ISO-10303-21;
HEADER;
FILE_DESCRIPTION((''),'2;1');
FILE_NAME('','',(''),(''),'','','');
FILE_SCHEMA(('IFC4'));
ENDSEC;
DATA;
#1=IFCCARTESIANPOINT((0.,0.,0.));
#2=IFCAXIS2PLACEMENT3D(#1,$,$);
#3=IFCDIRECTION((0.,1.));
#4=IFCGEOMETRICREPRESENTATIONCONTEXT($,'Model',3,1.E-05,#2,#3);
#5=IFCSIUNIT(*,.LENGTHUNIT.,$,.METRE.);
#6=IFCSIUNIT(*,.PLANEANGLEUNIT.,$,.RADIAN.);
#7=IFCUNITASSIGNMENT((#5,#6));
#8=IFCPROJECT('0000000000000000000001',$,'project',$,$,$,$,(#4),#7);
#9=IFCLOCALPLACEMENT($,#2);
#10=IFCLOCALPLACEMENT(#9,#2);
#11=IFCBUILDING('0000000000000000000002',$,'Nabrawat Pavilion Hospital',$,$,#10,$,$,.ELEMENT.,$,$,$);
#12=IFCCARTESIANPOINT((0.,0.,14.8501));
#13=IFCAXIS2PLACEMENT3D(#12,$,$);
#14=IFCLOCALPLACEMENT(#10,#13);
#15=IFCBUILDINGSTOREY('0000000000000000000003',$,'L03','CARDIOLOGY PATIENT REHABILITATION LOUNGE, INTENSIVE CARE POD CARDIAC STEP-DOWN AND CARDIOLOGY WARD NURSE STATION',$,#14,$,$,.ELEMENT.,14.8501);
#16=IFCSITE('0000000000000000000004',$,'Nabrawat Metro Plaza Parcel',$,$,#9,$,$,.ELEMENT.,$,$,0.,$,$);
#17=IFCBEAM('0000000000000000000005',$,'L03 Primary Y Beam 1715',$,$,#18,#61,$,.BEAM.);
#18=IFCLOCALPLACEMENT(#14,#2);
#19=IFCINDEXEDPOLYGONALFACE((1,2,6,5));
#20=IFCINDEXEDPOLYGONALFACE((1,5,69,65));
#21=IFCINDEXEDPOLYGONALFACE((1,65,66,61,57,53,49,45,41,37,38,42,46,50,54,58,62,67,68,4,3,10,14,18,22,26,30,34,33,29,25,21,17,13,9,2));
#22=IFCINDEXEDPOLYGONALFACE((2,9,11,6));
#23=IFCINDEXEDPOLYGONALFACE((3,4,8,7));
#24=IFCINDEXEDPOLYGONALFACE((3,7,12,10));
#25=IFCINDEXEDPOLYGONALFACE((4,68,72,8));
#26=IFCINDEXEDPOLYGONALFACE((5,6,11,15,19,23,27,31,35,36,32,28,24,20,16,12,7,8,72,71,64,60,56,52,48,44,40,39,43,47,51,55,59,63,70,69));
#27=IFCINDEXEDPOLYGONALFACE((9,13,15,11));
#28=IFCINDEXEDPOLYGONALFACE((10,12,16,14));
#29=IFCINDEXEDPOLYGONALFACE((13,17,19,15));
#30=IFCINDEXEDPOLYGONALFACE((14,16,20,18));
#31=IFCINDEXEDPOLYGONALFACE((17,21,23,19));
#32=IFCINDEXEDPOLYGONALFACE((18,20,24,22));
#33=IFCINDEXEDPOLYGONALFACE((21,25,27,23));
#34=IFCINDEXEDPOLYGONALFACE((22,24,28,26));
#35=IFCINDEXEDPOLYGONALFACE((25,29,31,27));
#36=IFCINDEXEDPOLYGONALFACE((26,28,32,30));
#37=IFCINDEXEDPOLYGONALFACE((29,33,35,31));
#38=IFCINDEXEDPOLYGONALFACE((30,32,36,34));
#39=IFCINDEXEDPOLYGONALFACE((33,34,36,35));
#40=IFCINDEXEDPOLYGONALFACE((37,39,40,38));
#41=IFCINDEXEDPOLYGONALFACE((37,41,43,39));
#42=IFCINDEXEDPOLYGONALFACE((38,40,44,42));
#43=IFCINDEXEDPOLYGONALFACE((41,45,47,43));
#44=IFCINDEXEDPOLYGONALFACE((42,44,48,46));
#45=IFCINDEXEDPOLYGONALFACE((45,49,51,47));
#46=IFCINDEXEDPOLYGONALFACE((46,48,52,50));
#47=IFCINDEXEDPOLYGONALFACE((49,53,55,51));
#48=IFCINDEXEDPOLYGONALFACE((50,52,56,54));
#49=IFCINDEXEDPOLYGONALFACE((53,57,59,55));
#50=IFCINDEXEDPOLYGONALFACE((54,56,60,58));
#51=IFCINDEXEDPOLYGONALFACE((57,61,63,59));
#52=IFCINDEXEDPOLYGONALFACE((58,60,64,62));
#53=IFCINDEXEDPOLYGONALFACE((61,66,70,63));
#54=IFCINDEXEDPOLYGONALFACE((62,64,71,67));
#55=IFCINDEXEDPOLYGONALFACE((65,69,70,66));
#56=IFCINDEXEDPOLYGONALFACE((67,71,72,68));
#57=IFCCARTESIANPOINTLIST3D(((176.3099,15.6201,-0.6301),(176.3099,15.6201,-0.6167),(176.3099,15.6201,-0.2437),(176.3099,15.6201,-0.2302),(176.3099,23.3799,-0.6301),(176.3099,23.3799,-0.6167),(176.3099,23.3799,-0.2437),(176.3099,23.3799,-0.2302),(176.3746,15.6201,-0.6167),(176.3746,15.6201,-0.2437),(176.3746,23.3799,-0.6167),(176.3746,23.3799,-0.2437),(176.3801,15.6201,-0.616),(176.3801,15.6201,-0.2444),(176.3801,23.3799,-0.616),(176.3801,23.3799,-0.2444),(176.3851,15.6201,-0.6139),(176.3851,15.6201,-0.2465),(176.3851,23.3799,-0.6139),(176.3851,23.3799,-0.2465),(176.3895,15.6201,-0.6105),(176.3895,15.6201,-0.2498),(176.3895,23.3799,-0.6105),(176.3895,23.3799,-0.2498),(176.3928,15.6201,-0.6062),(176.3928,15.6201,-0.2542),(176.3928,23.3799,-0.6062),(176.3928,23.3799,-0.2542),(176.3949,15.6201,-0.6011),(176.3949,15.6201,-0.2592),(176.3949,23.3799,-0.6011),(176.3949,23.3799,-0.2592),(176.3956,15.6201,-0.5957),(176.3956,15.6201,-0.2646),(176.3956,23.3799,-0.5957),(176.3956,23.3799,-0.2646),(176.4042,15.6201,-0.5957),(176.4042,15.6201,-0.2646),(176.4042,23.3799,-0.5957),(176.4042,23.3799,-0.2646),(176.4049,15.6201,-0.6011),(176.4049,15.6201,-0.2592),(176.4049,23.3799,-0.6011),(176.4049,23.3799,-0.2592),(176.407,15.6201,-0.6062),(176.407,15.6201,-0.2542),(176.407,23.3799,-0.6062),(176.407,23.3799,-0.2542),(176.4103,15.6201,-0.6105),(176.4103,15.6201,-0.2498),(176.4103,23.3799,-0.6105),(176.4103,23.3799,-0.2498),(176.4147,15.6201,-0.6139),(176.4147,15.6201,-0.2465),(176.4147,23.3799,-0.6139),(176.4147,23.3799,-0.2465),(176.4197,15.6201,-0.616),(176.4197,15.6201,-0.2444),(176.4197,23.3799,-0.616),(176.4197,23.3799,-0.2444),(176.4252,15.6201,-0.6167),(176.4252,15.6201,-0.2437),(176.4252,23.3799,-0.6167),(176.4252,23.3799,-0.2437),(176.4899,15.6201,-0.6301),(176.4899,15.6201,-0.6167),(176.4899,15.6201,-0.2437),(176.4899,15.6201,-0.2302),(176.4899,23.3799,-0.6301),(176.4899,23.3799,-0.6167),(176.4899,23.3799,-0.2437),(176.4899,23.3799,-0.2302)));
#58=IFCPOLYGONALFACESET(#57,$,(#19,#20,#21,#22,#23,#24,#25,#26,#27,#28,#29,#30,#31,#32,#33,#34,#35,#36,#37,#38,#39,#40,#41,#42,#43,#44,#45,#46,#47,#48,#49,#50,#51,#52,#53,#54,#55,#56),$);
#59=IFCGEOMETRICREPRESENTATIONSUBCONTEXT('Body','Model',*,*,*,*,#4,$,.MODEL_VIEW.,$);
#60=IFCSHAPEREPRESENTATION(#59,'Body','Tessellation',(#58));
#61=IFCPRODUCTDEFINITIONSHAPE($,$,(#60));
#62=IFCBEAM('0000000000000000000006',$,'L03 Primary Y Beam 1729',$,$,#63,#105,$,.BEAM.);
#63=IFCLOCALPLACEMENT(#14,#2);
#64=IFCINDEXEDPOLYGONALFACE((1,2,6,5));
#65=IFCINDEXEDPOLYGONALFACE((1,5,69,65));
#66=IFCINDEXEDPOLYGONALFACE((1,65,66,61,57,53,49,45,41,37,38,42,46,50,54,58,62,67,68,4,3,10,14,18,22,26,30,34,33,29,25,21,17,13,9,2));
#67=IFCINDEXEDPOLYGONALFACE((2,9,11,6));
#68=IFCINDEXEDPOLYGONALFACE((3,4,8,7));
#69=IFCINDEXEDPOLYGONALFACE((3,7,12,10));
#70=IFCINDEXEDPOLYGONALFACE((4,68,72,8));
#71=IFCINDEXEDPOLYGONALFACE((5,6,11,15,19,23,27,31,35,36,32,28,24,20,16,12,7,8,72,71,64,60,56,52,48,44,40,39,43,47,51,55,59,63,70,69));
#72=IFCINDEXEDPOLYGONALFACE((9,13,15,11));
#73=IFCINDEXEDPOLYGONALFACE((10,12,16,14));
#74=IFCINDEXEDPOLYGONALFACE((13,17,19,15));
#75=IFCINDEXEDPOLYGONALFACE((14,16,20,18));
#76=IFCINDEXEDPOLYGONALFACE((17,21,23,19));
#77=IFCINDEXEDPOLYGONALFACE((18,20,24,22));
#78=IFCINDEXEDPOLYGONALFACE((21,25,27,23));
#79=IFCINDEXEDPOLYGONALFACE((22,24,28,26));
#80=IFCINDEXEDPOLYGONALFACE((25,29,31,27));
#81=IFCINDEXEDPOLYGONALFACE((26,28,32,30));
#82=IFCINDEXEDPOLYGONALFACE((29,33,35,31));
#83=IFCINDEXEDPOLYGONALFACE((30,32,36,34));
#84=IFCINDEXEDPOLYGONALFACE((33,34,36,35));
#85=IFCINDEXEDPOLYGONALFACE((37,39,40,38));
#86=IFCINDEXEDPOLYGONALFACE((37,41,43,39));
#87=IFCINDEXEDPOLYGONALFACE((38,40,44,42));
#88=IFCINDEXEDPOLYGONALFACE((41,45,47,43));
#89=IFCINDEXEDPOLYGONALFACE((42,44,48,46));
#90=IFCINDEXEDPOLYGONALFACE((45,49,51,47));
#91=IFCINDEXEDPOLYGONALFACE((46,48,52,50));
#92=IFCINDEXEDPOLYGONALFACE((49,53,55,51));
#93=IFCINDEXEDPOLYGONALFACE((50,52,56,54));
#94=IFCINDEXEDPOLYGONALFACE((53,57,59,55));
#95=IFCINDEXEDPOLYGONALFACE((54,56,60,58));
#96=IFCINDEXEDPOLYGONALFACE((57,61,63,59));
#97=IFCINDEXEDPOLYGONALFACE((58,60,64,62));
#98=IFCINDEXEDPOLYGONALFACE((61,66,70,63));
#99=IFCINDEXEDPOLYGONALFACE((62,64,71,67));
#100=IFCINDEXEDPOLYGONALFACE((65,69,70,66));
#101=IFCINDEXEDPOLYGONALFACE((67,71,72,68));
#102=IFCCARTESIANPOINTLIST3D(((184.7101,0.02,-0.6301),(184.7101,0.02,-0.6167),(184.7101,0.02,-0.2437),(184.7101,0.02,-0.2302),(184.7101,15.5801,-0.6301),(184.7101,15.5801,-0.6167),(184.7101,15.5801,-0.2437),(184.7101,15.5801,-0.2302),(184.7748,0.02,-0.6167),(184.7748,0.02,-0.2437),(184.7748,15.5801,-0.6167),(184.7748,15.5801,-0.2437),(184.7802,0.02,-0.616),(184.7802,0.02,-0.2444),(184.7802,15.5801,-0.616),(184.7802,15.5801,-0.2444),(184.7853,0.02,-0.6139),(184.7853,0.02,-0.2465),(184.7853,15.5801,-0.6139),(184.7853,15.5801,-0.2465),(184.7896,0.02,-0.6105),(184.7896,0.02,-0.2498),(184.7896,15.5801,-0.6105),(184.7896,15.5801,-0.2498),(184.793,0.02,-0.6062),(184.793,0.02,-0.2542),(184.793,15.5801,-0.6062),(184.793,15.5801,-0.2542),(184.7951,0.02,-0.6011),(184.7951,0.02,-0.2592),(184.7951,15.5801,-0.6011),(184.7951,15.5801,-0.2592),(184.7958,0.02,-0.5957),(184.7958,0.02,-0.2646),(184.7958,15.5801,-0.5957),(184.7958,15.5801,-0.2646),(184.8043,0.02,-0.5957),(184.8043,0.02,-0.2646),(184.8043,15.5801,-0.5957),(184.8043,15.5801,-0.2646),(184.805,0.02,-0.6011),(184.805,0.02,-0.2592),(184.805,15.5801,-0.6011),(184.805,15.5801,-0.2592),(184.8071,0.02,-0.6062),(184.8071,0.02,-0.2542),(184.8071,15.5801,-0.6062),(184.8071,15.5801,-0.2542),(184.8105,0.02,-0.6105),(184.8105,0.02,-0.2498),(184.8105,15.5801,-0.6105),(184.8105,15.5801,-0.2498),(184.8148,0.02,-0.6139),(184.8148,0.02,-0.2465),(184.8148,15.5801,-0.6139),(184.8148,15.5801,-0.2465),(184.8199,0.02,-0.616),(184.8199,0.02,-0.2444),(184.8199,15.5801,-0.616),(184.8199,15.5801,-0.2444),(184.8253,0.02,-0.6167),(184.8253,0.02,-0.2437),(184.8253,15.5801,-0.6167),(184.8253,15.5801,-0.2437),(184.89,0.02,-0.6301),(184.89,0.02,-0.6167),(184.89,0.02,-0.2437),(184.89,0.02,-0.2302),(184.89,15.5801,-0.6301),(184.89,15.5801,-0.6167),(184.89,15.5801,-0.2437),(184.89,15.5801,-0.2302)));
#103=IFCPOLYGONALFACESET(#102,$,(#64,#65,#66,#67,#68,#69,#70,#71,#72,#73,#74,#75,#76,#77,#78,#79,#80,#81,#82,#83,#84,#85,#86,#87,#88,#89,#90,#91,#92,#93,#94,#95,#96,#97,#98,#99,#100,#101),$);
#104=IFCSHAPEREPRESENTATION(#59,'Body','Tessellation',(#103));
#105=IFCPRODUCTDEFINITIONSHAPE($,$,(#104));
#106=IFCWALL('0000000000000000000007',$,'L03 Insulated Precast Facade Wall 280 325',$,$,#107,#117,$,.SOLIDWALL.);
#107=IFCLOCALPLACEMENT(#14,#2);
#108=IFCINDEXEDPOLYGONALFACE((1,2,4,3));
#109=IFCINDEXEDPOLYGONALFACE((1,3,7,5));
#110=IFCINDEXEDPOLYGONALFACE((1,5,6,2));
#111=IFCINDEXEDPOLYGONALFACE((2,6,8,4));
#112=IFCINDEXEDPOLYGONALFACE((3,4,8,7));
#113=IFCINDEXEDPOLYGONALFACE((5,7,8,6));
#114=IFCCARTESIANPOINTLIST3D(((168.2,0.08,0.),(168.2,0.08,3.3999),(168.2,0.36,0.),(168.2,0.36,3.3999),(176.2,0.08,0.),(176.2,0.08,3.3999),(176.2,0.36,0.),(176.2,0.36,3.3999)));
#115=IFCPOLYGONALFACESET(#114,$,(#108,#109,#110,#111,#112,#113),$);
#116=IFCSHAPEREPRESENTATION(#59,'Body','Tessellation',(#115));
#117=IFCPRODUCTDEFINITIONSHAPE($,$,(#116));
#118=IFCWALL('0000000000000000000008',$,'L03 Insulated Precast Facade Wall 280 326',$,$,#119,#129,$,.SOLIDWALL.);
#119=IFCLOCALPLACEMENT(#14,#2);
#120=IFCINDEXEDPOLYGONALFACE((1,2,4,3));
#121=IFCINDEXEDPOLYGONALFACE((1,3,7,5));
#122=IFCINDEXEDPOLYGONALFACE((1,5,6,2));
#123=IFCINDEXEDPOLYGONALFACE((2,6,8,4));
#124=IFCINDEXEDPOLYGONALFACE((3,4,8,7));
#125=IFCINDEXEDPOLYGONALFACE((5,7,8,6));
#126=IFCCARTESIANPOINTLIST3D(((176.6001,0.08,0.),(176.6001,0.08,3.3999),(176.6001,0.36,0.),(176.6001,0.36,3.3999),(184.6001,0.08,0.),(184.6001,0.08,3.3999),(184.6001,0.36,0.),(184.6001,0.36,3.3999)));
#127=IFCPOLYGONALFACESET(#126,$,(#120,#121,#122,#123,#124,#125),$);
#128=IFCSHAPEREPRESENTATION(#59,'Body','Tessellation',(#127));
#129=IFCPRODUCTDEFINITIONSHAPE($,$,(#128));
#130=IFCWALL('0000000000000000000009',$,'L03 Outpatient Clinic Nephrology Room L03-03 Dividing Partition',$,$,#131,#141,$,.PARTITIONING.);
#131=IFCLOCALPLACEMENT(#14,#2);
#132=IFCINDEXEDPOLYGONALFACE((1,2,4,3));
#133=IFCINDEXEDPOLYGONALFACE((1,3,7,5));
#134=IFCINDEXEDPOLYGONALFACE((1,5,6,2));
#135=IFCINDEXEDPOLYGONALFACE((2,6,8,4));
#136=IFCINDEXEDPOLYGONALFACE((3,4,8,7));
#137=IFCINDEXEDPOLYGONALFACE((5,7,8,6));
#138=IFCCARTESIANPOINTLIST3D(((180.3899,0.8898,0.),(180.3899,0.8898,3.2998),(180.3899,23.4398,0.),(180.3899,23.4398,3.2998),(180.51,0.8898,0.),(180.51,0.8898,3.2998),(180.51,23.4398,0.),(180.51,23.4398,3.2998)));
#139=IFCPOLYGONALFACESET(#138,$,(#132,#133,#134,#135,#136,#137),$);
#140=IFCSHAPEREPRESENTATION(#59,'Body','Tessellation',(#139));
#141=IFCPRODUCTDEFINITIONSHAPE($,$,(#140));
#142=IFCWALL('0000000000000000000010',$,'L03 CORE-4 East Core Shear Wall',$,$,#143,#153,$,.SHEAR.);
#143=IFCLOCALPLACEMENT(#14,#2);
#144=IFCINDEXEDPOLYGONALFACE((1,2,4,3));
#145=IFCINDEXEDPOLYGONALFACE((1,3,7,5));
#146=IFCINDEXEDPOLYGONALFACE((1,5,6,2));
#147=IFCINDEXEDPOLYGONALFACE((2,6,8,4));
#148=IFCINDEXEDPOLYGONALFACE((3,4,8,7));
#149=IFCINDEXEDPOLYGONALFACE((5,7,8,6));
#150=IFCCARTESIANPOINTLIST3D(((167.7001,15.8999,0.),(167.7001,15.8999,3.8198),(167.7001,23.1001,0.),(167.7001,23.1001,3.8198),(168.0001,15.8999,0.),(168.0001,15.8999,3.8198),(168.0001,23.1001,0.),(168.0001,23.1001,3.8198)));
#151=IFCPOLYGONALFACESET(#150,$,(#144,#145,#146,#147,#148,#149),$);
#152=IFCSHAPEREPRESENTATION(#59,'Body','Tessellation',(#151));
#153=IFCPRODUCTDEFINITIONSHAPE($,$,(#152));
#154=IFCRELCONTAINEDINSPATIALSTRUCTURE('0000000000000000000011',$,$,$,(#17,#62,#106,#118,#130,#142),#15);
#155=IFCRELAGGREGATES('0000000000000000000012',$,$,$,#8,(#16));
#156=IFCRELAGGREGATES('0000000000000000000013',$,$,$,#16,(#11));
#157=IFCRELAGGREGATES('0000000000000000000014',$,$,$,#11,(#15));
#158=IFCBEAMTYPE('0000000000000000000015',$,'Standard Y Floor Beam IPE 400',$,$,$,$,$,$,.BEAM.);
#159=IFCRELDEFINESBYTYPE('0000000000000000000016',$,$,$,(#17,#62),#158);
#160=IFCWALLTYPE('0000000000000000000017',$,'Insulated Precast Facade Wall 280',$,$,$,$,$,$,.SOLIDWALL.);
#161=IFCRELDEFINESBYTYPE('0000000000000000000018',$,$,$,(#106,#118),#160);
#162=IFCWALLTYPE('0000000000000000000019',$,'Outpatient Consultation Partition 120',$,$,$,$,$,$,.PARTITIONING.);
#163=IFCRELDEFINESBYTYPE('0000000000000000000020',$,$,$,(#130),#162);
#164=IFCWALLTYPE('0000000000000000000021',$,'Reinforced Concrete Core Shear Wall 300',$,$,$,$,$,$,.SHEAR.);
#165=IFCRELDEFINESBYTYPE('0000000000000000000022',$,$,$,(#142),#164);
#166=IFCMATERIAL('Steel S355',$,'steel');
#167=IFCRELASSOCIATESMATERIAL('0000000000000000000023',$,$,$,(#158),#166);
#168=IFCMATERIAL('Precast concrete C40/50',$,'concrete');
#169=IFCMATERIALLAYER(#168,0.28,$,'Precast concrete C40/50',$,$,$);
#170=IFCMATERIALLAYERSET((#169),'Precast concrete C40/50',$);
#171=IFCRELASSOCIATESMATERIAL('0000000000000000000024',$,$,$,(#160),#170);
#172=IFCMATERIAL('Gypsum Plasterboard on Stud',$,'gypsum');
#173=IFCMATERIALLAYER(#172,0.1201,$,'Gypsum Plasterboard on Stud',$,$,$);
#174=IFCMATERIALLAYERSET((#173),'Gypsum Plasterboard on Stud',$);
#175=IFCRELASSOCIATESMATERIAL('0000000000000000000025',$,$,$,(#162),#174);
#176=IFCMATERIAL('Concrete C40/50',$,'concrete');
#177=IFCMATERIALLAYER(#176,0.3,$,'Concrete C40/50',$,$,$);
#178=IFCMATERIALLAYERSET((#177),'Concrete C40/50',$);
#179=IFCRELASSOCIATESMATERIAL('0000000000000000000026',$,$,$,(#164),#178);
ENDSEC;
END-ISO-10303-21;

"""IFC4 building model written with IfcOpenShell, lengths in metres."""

from ifc_helpers import new_model, si_unit, direction, frame, frame_2d, origin, origin_2d, place, context, subcontext, project, spatial, rectangle, i_section, extrude, material, layer, layer_set, material_profile, profile_set, type_object, element, save


model = new_model("IFC4")

# Units and contexts
model_context = context("Model", 3, precision=1e-05, world=origin(), true_north=direction((0.0, 1.0)))
body_context = subcontext(model_context, "Body", "Model", "MODEL_VIEW")
ifc_project = project(units=[si_unit("LENGTHUNIT", "METRE"), si_unit("PLANEANGLEUNIT", "RADIAN")], contexts=[model_context])

# Site, building, storey
site_placement = place(None, origin())
site = spatial("IfcSite", under=ifc_project, at=site_placement, Name="Nabrawat Metro Plaza Parcel", CompositionType="ELEMENT", RefElevation=0.0)
building_placement = place(site_placement, origin())
building = spatial("IfcBuilding", under=site, at=building_placement, Name="Nabrawat Pavilion Hospital", CompositionType="ELEMENT")
storey_placement = place(building_placement, frame((0.0, 0.0, 14.8501)))
storey = spatial("IfcBuildingStorey", under=building, at=storey_placement, Name="L03", Description="CARDIOLOGY PATIENT REHABILITATION LOUNGE, INTENSIVE CARE POD CARDIAC STEP-DOWN AND CARDIOLOGY WARD NURSE STATION", CompositionType="ELEMENT", Elevation=14.8501)

# Shared definitions
ifc_material_1 = material(Name="Steel S355", Category="steel")

# Beams
ifc_material_profile_1 = material_profile(ifc_material_1, i_section(OverallWidth=0.1799, OverallDepth=0.3999, WebThickness=0.0085, FlangeThickness=0.0134, FilletRadius=0.021, at=origin_2d()), Name="IPE 400")
ifc_profile_set_1 = profile_set([ifc_material_profile_1], Name="Steel S355")
beam_type_1 = type_object("IfcBeamType", Name="Standard Y Floor Beam IPE 400", PredefinedType="BEAM", material=ifc_profile_set_1)
beam_1_placement = place(storey_placement, frame((176.3999, 15.6201, -0.4302), z_axis=(0.0, 1.0, 0.0), x_axis=(-1.0, 0.0, 0.0)))
element("IfcBeam", 1, at=beam_1_placement, inside=storey, type_object=beam_type_1, Name="L03 Primary Y Beam 1715", PredefinedType="BEAM", context=body_context, shape_type="SweptSolid", body=[
    extrude(i_section(OverallWidth=0.1799, OverallDepth=0.3999, WebThickness=0.0085, FlangeThickness=0.0134, FilletRadius=0.021, at=origin_2d()), origin(), (0.0, 0.0, 1.0), 7.7598),
])
beam_2_placement = place(storey_placement, frame((184.8, 0.02, -0.4302), z_axis=(0.0, 1.0, 0.0), x_axis=(-1.0, 0.0, 0.0)))
element("IfcBeam", 2, at=beam_2_placement, inside=storey, type_object=beam_type_1, Name="L03 Primary Y Beam 1729", PredefinedType="BEAM", context=body_context, shape_type="SweptSolid", body=[
    extrude(i_section(OverallWidth=0.1799, OverallDepth=0.3999, WebThickness=0.0085, FlangeThickness=0.0134, FilletRadius=0.021, at=origin_2d()), origin(), (0.0, 0.0, 1.0), 15.5601),
])

# Walls
ifc_material_2 = material(Name="Precast concrete C40/50", Category="concrete")
ifc_layer_1 = layer(ifc_material_2, 0.28, Name="Precast concrete C40/50")
ifc_layer_set_1 = layer_set([ifc_layer_1], Name="Precast concrete C40/50")
wall_type_1 = type_object("IfcWallType", Name="Insulated Precast Facade Wall 280", PredefinedType="SOLIDWALL", material=ifc_layer_set_1)
for number, where, z_axis, x_axis, name in (
    (3, (168.2, 0.22, 0.0), (0.0, 0.0, 1.0), (1.0, 0.0, 0.0), "L03 Insulated Precast Facade Wall 280 325"),
    (4, (176.6001, 0.22, 0.0), (0.0, 0.0, 1.0), (1.0, 0.0, 0.0), "L03 Insulated Precast Facade Wall 280 326"),
):
    element("IfcWall", number, at=place(storey_placement, frame(where, z_axis=z_axis, x_axis=x_axis)), inside=storey, type_object=wall_type_1, Name=name, PredefinedType="SOLIDWALL", context=body_context, shape_type="SweptSolid", body=[
        extrude(rectangle(XDim=8.0, YDim=0.28, at=frame_2d((4.0, 0.0))), origin(), (0.0, 0.0, 1.0), 3.3999),
    ])
ifc_material_3 = material(Name="Gypsum Plasterboard on Stud", Category="gypsum")
ifc_layer_2 = layer(ifc_material_3, 0.1201, Name="Gypsum Plasterboard on Stud")
ifc_layer_set_2 = layer_set([ifc_layer_2], Name="Gypsum Plasterboard on Stud")
wall_type_2 = type_object("IfcWallType", Name="Outpatient Consultation Partition 120", PredefinedType="PARTITIONING", material=ifc_layer_set_2)
wall_1_placement = place(storey_placement, frame((180.45, 0.8899, 0.0), z_axis=(0.0, 0.0, 1.0), x_axis=(0.0, 1.0, 0.0)))
element("IfcWall", 5, at=wall_1_placement, inside=storey, type_object=wall_type_2, Name="L03 Outpatient Clinic Nephrology Room L03-03 Dividing Partition", PredefinedType="PARTITIONING", context=body_context, shape_type="SweptSolid", body=[
    extrude(rectangle(XDim=22.55, YDim=0.1201, at=frame_2d((11.2749, 0.0))), origin(), (0.0, 0.0, 1.0), 3.2998),
])
ifc_material_4 = material(Name="Concrete C40/50", Category="concrete")
ifc_layer_3 = layer(ifc_material_4, 0.3, Name="Concrete C40/50")
ifc_layer_set_3 = layer_set([ifc_layer_3], Name="Concrete C40/50")
wall_type_3 = type_object("IfcWallType", Name="Reinforced Concrete Core Shear Wall 300", PredefinedType="SHEAR", material=ifc_layer_set_3)
wall_2_placement = place(storey_placement, frame((167.8501, 15.8999, 0.0), z_axis=(0.0, 0.0, 1.0), x_axis=(0.0, 1.0, 0.0)))
element("IfcWall", 6, at=wall_2_placement, inside=storey, type_object=wall_type_3, Name="L03 CORE-4 East Core Shear Wall", PredefinedType="SHEAR", context=body_context, shape_type="SweptSolid", body=[
    extrude(rectangle(XDim=7.2002, YDim=0.3, at=frame_2d((3.6001, 0.0))), origin(), (0.0, 0.0, 1.0), 3.8198),
])

save(model, "model.ifc")
